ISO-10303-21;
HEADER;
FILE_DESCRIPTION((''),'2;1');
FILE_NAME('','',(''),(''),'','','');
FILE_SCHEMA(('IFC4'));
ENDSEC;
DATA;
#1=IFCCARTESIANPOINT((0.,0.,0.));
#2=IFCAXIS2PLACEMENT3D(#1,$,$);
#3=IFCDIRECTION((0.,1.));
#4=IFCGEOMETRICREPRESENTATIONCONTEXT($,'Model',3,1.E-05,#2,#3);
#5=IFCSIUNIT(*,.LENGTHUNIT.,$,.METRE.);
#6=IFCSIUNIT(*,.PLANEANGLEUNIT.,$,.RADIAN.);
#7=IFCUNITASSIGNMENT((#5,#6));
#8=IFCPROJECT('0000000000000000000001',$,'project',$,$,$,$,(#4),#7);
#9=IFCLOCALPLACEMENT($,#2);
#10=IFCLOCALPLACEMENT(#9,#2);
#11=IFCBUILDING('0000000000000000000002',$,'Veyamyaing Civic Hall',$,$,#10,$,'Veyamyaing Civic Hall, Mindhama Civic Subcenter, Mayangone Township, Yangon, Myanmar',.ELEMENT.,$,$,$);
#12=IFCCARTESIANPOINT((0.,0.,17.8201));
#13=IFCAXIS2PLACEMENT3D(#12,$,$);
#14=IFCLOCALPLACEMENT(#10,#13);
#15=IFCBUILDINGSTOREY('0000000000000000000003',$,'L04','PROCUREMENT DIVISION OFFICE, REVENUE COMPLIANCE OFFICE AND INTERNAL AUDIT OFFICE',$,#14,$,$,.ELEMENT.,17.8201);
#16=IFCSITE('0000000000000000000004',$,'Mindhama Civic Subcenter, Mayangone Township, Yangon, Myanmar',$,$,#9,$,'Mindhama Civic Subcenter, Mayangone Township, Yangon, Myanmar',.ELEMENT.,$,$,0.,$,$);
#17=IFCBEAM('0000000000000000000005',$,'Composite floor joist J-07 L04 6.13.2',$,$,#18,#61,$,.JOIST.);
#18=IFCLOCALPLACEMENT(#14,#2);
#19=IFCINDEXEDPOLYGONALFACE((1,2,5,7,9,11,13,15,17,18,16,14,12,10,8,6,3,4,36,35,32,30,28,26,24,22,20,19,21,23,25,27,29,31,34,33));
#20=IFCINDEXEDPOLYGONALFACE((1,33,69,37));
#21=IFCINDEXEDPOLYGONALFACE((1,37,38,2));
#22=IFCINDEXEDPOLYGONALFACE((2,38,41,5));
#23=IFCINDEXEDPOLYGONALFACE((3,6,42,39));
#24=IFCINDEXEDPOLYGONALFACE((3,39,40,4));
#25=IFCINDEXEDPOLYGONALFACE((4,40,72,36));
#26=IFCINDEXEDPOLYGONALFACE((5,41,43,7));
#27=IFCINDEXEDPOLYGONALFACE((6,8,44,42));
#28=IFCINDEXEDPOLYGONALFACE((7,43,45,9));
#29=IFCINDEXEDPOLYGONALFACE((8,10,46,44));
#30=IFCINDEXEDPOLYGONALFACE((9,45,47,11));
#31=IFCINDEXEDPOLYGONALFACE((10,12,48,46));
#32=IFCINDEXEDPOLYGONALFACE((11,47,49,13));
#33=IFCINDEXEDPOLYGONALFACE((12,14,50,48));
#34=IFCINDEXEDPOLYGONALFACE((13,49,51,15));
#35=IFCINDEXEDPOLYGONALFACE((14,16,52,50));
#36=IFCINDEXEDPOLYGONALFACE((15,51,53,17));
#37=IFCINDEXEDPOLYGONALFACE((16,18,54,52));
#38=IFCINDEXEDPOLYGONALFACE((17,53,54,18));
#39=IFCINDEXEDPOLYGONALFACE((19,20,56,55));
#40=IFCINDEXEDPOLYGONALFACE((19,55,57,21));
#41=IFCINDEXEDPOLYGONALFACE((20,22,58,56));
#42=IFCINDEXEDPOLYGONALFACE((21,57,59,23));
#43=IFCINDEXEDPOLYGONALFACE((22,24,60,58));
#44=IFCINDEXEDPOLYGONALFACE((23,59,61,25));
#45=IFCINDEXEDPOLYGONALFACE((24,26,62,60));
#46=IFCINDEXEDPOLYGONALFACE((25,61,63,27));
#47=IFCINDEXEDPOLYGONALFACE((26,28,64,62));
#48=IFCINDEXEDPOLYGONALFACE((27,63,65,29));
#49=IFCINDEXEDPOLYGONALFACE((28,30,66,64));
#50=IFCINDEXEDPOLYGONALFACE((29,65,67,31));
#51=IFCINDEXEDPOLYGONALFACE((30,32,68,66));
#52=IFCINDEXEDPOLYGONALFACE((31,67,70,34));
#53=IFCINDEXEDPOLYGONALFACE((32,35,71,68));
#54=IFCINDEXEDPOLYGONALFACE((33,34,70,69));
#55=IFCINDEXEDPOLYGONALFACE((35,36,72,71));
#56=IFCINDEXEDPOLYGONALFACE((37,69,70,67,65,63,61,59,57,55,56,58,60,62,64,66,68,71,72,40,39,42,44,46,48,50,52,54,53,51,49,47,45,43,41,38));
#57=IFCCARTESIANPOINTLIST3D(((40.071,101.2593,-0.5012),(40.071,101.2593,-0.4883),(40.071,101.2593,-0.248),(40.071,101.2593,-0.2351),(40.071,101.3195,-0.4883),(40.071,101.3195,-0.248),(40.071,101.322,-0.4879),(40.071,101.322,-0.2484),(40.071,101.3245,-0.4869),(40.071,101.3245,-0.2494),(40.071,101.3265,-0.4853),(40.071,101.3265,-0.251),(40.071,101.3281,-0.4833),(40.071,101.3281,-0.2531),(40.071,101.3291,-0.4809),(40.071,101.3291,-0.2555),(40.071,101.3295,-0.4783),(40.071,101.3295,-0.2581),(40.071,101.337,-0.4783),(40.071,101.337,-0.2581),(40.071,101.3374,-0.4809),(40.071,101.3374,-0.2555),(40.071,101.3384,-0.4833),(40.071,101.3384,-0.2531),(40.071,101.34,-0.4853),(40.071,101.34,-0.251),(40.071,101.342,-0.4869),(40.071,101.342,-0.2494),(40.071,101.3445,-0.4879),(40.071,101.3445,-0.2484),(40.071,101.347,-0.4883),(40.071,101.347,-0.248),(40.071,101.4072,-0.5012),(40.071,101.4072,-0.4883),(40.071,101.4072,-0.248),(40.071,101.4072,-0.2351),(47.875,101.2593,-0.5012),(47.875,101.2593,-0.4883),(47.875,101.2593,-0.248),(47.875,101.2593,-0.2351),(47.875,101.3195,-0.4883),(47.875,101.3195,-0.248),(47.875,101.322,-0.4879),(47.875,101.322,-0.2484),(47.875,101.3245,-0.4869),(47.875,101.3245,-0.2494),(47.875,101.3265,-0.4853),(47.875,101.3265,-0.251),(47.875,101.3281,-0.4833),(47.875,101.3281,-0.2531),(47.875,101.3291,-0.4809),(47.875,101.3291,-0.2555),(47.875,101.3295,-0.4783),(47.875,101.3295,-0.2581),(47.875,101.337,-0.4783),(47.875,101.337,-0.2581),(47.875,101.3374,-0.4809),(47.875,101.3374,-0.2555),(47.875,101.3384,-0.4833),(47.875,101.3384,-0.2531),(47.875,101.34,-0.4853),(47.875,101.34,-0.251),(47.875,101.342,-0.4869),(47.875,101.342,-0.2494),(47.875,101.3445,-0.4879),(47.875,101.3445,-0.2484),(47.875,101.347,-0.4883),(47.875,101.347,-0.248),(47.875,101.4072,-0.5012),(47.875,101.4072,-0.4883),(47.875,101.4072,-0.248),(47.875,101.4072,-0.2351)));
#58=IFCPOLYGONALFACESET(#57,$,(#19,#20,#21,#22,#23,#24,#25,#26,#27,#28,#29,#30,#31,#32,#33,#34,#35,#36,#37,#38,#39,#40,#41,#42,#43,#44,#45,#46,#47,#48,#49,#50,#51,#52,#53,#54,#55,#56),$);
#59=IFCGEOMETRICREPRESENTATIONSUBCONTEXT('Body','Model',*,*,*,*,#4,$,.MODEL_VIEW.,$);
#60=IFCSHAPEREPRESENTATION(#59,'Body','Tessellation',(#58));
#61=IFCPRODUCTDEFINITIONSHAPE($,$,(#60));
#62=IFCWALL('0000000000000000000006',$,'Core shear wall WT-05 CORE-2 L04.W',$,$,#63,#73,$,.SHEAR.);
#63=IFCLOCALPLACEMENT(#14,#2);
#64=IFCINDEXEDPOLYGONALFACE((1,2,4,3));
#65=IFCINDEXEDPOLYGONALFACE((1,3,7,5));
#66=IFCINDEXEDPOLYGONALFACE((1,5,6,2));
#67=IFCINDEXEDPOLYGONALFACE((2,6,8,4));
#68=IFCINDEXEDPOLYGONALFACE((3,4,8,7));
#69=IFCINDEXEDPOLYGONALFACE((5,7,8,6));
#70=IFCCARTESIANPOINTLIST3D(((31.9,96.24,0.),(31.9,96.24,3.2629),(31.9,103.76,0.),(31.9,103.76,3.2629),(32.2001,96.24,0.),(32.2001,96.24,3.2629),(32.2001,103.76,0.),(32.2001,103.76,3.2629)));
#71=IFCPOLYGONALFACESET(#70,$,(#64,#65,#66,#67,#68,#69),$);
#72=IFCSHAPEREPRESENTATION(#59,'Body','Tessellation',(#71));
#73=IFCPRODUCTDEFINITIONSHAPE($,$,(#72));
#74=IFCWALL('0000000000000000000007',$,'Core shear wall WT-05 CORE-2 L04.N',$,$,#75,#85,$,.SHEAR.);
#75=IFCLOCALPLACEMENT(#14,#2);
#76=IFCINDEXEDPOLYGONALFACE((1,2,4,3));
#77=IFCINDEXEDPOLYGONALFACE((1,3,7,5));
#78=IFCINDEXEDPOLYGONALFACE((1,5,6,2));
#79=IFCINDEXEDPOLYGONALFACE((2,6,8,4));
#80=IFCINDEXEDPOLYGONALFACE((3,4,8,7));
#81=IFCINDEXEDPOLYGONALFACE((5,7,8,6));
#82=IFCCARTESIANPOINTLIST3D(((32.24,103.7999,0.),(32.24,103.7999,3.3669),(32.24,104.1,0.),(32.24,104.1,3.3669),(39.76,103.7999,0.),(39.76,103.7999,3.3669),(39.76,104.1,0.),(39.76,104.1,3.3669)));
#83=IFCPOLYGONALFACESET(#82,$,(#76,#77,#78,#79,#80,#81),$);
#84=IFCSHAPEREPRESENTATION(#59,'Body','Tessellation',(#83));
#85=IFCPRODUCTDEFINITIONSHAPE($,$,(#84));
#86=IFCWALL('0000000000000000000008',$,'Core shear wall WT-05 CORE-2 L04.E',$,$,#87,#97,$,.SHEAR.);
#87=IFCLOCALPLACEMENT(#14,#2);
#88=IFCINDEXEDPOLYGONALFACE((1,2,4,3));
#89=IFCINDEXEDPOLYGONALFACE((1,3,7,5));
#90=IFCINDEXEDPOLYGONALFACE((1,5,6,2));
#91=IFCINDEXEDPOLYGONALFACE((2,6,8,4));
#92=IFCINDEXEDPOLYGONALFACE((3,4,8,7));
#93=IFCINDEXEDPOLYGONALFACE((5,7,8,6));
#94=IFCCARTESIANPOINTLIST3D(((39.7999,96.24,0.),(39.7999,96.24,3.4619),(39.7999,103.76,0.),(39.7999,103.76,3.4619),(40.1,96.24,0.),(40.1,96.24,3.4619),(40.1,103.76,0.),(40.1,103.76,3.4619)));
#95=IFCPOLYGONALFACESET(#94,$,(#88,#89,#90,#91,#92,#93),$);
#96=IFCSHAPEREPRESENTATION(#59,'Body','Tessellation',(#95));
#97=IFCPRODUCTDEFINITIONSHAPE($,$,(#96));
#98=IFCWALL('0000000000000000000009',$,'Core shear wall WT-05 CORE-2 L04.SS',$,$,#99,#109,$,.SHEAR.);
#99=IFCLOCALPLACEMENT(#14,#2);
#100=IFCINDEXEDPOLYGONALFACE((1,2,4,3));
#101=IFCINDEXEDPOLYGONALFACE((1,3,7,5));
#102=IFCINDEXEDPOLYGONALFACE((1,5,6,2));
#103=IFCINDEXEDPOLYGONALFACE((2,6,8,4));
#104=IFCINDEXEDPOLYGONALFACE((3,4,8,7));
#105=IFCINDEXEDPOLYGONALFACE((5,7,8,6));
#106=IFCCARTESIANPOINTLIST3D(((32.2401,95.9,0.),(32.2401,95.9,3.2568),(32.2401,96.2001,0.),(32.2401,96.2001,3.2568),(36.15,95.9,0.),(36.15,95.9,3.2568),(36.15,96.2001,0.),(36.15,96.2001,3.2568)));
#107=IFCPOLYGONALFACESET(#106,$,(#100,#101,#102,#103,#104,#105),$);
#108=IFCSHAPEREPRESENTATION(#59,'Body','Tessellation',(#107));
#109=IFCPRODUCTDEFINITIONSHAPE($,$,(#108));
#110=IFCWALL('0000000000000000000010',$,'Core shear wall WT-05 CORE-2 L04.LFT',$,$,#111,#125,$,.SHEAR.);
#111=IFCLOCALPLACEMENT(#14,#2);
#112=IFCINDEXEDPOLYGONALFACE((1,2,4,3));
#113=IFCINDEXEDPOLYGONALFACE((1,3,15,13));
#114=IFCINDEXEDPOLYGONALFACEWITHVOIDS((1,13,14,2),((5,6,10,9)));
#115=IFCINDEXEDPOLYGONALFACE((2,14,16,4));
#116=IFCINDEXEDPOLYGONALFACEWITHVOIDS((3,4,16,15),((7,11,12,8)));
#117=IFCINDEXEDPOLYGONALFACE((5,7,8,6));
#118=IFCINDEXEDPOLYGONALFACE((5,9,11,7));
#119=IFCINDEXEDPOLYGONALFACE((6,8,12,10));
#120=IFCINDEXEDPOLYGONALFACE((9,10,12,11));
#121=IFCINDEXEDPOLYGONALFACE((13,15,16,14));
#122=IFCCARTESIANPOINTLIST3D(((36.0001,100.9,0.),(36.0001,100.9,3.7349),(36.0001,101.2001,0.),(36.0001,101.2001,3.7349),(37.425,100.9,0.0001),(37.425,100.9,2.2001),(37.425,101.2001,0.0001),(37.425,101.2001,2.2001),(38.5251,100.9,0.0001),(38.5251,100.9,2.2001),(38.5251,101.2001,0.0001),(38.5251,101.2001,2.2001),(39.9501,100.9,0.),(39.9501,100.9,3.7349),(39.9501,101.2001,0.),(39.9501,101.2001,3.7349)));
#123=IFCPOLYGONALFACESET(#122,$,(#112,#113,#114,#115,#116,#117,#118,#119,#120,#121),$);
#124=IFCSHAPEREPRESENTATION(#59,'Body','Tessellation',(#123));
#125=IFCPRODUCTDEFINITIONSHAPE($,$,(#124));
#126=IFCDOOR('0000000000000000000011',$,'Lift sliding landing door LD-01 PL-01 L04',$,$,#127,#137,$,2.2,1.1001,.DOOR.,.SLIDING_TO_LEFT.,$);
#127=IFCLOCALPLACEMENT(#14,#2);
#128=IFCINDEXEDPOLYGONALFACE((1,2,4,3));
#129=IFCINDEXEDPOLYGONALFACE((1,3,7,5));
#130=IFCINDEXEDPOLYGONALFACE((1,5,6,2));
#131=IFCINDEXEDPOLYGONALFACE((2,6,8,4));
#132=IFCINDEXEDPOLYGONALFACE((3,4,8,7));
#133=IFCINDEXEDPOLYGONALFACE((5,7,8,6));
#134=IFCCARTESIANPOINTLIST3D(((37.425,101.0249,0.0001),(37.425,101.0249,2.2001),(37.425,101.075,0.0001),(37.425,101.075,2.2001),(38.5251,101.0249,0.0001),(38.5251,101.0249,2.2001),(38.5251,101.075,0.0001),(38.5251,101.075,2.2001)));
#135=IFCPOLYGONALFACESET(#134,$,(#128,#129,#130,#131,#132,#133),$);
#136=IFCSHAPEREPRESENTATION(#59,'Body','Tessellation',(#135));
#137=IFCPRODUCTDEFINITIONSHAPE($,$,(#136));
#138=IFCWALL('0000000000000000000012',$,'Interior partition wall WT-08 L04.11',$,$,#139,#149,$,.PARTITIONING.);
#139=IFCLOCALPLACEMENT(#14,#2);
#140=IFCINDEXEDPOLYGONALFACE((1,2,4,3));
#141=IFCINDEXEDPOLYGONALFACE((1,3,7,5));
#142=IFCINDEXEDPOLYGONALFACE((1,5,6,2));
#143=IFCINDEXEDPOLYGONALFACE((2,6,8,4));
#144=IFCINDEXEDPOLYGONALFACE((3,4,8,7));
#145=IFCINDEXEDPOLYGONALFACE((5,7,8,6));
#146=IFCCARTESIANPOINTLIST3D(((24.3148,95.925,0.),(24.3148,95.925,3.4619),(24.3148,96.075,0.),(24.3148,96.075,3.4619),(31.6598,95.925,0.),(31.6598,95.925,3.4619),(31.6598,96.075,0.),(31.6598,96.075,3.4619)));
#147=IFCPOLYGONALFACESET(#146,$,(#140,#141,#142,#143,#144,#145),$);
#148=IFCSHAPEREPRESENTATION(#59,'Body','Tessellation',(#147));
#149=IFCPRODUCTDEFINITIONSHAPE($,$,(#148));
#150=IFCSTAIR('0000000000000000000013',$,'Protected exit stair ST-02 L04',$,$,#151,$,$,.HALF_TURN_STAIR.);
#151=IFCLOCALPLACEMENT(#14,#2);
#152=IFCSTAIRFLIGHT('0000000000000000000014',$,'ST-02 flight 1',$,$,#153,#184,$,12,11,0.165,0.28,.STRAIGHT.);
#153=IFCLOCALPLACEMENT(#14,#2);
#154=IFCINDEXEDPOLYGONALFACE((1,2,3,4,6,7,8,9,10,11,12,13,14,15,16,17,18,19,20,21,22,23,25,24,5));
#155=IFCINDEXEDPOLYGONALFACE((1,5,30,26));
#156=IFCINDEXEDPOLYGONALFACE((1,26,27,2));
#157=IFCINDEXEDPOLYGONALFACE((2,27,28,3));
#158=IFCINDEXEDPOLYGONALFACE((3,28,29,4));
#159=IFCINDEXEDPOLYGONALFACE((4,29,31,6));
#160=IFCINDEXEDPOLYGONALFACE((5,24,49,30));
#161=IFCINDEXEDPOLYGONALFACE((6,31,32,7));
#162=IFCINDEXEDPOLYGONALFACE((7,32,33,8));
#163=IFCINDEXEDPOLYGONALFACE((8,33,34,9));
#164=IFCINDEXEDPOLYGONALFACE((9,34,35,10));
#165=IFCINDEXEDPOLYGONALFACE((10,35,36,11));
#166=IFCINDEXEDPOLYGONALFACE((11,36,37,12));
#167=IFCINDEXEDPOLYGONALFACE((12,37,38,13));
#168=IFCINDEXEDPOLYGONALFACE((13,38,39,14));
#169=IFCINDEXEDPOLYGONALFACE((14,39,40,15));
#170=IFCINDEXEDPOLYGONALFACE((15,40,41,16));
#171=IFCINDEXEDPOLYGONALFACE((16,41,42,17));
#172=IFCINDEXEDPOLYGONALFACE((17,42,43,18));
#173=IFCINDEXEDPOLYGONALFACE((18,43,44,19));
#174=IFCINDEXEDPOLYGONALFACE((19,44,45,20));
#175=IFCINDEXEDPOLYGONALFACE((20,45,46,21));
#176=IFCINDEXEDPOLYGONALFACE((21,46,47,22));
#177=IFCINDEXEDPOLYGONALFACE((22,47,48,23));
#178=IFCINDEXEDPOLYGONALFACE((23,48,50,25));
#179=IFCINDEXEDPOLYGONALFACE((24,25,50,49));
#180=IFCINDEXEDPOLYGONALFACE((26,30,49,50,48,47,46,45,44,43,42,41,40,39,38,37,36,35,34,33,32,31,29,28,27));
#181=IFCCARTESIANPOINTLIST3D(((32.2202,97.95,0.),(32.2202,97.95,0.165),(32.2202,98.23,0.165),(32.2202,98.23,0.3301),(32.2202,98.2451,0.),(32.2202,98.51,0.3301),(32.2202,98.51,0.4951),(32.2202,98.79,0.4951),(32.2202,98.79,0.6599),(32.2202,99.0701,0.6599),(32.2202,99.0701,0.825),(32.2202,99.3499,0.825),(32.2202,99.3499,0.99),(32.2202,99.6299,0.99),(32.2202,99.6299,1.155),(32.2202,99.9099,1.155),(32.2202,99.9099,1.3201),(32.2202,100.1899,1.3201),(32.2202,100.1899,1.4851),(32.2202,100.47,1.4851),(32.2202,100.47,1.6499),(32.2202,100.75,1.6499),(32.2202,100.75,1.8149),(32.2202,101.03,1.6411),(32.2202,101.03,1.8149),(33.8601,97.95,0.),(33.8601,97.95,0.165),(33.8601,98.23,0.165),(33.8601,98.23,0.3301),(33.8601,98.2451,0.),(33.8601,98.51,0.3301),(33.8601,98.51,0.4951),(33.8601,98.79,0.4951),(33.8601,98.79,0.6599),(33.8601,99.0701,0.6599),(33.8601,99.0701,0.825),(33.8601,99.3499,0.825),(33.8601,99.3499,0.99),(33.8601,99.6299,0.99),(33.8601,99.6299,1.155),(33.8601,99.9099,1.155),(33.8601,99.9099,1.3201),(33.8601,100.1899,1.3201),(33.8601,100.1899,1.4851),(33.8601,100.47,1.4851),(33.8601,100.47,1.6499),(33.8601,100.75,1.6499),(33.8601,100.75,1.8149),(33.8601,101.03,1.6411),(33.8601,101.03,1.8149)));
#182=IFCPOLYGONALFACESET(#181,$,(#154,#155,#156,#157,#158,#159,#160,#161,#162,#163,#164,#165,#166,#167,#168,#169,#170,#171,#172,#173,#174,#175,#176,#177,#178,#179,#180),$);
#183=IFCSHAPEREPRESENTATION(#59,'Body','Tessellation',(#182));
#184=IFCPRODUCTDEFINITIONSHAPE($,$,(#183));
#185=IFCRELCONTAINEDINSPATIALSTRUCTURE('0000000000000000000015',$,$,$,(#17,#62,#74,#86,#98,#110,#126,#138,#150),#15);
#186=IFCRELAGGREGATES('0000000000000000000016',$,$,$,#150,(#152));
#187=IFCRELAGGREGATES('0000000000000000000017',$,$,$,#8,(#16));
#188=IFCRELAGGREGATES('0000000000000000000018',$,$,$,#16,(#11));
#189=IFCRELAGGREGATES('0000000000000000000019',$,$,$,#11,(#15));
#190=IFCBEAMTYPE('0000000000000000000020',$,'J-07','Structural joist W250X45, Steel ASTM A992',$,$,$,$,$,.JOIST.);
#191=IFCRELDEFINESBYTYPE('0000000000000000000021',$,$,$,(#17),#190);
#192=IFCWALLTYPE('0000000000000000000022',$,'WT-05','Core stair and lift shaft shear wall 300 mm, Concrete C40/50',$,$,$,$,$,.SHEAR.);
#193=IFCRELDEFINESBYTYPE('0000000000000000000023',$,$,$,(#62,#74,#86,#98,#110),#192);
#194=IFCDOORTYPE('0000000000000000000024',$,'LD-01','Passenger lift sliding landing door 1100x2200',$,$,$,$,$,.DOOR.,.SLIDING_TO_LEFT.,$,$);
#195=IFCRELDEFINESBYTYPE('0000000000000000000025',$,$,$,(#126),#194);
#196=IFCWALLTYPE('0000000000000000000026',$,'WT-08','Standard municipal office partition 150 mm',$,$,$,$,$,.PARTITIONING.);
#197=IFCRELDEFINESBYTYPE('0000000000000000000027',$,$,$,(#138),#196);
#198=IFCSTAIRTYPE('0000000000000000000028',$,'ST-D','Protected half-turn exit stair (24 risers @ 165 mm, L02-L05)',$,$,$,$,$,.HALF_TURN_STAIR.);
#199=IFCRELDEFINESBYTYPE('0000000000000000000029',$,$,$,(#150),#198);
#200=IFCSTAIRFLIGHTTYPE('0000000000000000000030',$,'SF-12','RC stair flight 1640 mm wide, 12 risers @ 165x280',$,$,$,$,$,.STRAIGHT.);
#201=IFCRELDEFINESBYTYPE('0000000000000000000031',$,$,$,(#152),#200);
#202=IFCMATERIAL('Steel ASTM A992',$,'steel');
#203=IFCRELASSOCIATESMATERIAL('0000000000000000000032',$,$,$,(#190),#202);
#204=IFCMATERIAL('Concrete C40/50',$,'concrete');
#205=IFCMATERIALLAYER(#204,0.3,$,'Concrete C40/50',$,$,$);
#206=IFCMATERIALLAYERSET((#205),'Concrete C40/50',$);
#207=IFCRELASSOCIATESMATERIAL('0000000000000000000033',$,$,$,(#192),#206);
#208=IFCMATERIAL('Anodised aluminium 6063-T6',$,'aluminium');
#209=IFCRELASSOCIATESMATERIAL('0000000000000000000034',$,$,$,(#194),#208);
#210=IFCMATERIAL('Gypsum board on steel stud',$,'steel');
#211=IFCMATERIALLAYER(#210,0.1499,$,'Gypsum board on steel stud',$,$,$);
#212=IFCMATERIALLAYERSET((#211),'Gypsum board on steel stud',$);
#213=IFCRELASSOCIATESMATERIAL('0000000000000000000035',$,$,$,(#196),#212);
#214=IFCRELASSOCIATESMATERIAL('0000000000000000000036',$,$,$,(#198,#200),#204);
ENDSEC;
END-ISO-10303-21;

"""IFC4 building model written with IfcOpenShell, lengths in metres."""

from ifc_helpers import new_model, si_unit, direction, frame, frame_2d, origin, origin_2d, place, context, subcontext, project, spatial, polyline, rectangle, i_section, outline, extrude, material, layer, layer_set, material_profile, profile_set, type_object, element, fill, aggregate, save


model = new_model("IFC4")

# Units and contexts
model_context = context("Model", 3, precision=1e-05, world=origin(), true_north=direction((0.0, 1.0)))
body_context = subcontext(model_context, "Body", "Model", "MODEL_VIEW")
ifc_project = project(units=[si_unit("LENGTHUNIT", "METRE"), si_unit("PLANEANGLEUNIT", "RADIAN")], contexts=[model_context])

# Site, building, storey
site_placement = place(None, origin())
site = spatial("IfcSite", under=ifc_project, at=site_placement, Name="Mindhama Civic Subcenter, Mayangone Township, Yangon, Myanmar", LongName="Mindhama Civic Subcenter, Mayangone Township, Yangon, Myanmar", CompositionType="ELEMENT", RefElevation=0.0)
building_placement = place(site_placement, origin())
building = spatial("IfcBuilding", under=site, at=building_placement, Name="Veyamyaing Civic Hall", LongName="Veyamyaing Civic Hall, Mindhama Civic Subcenter, Mayangone Township, Yangon, Myanmar", CompositionType="ELEMENT")
storey_placement = place(building_placement, frame((0.0, 0.0, 17.8201)))
storey = spatial("IfcBuildingStorey", under=building, at=storey_placement, Name="L04", Description="PROCUREMENT DIVISION OFFICE, REVENUE COMPLIANCE OFFICE AND INTERNAL AUDIT OFFICE", CompositionType="ELEMENT", Elevation=17.8201)

# Beam
ifc_material_1 = material(Name="Steel ASTM A992", Category="steel")
ifc_material_profile_1 = material_profile(ifc_material_1, i_section(OverallWidth=0.1479, OverallDepth=0.2661, WebThickness=0.0076, FlangeThickness=0.0129, FilletRadius=0.01, at=origin_2d()), Name="W250X45")
ifc_profile_set_1 = profile_set([ifc_material_profile_1], Name="Steel ASTM A992")
beam_type_1 = type_object("IfcBeamType", Name="J-07", Description="Structural joist W250X45, Steel ASTM A992", PredefinedType="JOIST", material=ifc_profile_set_1)
for number, where, z_axis, x_axis, name in (
    (1, (40.071, 101.3333, -0.3682), (1.0, 0.0, 0.0), (0.0, 1.0, 0.0), "Composite floor joist J-07 L04 6.13.2"),
):
    element("IfcBeam", number, at=place(storey_placement, frame(where, z_axis=z_axis, x_axis=x_axis)), inside=storey, type_object=beam_type_1, Name=name, PredefinedType="JOIST", context=body_context, shape_type="SweptSolid", body=[
        extrude(i_section(OverallWidth=0.1479, OverallDepth=0.2661, WebThickness=0.0076, FlangeThickness=0.0129, FilletRadius=0.01, at=origin_2d()), origin(), (0.0, 0.0, 1.0), 7.804),
    ])

# Walls
ifc_material_2 = material(Name="Concrete C40/50", Category="concrete")
ifc_layer_1 = layer(ifc_material_2, 0.3, Name="Concrete C40/50")
ifc_layer_set_1 = layer_set([ifc_layer_1], Name="Concrete C40/50")
wall_type_1 = type_object("IfcWallType", Name="WT-05", Description="Core stair and lift shaft shear wall 300 mm, Concrete C40/50", PredefinedType="SHEAR", material=ifc_layer_set_1)
wall_1_placement = place(storey_placement, frame((32.05, 96.24, 0.0), z_axis=(0.0, 0.0, 1.0), x_axis=(0.0, 1.0, 0.0)))
element("IfcWall", 2, at=wall_1_placement, inside=storey, type_object=wall_type_1, Name="Core shear wall WT-05 CORE-2 L04.W", PredefinedType="SHEAR", context=body_context, shape_type="SweptSolid", body=[
    extrude(rectangle(XDim=7.52, YDim=0.3, at=frame_2d((3.76, 0.0))), origin(), (0.0, 0.0, 1.0), 3.2629),
])
wall_2_placement = place(storey_placement, frame((32.24, 103.95, 0.0), z_axis=(0.0, 0.0, 1.0), x_axis=(1.0, 0.0, 0.0)))
element("IfcWall", 3, at=wall_2_placement, inside=storey, type_object=wall_type_1, Name="Core shear wall WT-05 CORE-2 L04.N", PredefinedType="SHEAR", context=body_context, shape_type="SweptSolid", body=[
    extrude(rectangle(XDim=7.52, YDim=0.3, at=frame_2d((3.76, 0.0))), origin(), (0.0, 0.0, 1.0), 3.3669),
])
wall_3_placement = place(storey_placement, frame((39.95, 96.24, 0.0), z_axis=(0.0, 0.0, 1.0), x_axis=(0.0, 1.0, 0.0)))
element("IfcWall", 4, at=wall_3_placement, inside=storey, type_object=wall_type_1, Name="Core shear wall WT-05 CORE-2 L04.E", PredefinedType="SHEAR", context=body_context, shape_type="SweptSolid", body=[
    extrude(rectangle(XDim=7.52, YDim=0.3, at=frame_2d((3.76, 0.0))), origin(), (0.0, 0.0, 1.0), 3.4619),
])
wall_4_placement = place(storey_placement, frame((32.24, 96.05, 0.0), z_axis=(0.0, 0.0, 1.0), x_axis=(1.0, 0.0, 0.0)))
element("IfcWall", 5, at=wall_4_placement, inside=storey, type_object=wall_type_1, Name="Core shear wall WT-05 CORE-2 L04.SS", PredefinedType="SHEAR", context=body_context, shape_type="SweptSolid", body=[
    extrude(rectangle(XDim=3.9099, YDim=0.3, at=frame_2d((1.9551, 0.0))), origin(), (0.0, 0.0, 1.0), 3.2568),
])

# Wall, opening, door
wall_5_placement = place(storey_placement, frame((36.0, 101.05, 0.0), z_axis=(0.0, 0.0, 1.0), x_axis=(1.0, 0.0, 0.0)))
wall_5 = element("IfcWall", 6, at=wall_5_placement, inside=storey, type_object=wall_type_1, Name="Core shear wall WT-05 CORE-2 L04.LFT", PredefinedType="SHEAR", context=body_context, shape_type="SweptSolid", body=[
    extrude(rectangle(XDim=3.95, YDim=0.3, at=frame_2d((1.9751, 0.0))), origin(), (0.0, 0.0, 1.0), 3.7349),
])
opening_1_placement = place(wall_5_placement, frame((1.425, 0.0, 0.0)))
opening_1 = element("IfcOpeningElement", 7, at=opening_1_placement, cuts=wall_5, PredefinedType="OPENING", context=body_context, shape_type="SweptSolid", body=[
    extrude(rectangle(XDim=1.1001, YDim=2.2, at=frame_2d((0.55, 1.1001))), frame((0.0, 0.1599, 0.0), z_axis=(0.0, -1.0, 0.0), x_axis=(1.0, 0.0, 0.0)), (0.0, 0.0, 1.0), 0.3201),
])
ifc_material_3 = material(Name="Anodised aluminium 6063-T6", Category="aluminium")
door_type_1 = type_object("IfcDoorType", Name="LD-01", Description="Passenger lift sliding landing door 1100x2200", OperationType="SLIDING_TO_LEFT", PredefinedType="DOOR", material=ifc_material_3)
door_1_placement = place(opening_1_placement, origin())
door_1 = element("IfcDoor", 8, at=door_1_placement, inside=storey, type_object=door_type_1, Name="Lift sliding landing door LD-01 PL-01 L04", OperationType="SLIDING_TO_LEFT", OverallHeight=2.2, OverallWidth=1.1001, PredefinedType="DOOR", context=body_context, shape_type="SweptSolid", body=[
    extrude(rectangle(XDim=1.1001, YDim=2.2, at=frame_2d((0.55, 1.1001))), frame((0.0, 0.0249, 0.0), z_axis=(0.0, -1.0, 0.0), x_axis=(1.0, 0.0, 0.0)), (0.0, 0.0, 1.0), 0.05),
])
fill(opening_1, door_1)

# Wall
ifc_material_4 = material(Name="Gypsum board on steel stud", Category="steel")
ifc_layer_2 = layer(ifc_material_4, 0.1499, Name="Gypsum board on steel stud")
ifc_layer_set_2 = layer_set([ifc_layer_2], Name="Gypsum board on steel stud")
wall_type_2 = type_object("IfcWallType", Name="WT-08", Description="Standard municipal office partition 150 mm", PredefinedType="PARTITIONING", material=ifc_layer_set_2)
wall_6_placement = place(storey_placement, frame((24.3149, 96.0, 0.0), z_axis=(0.0, 0.0, 1.0), x_axis=(1.0, 0.0, 0.0)))
element("IfcWall", 9, at=wall_6_placement, inside=storey, type_object=wall_type_2, Name="Interior partition wall WT-08 L04.11", PredefinedType="PARTITIONING", context=body_context, shape_type="SweptSolid", body=[
    extrude(rectangle(XDim=7.345, YDim=0.1499, at=frame_2d((3.6724, 0.0))), origin(), (0.0, 0.0, 1.0), 3.4619),
])

# Stair, stair flight
stair_type = type_object("IfcStairType", Name="ST-D", Description="Protected half-turn exit stair (24 risers @ 165 mm, L02-L05)", PredefinedType="HALF_TURN_STAIR", material=ifc_material_2)
stair_placement = place(storey_placement, origin())
stair = element("IfcStair", 10, at=stair_placement, inside=storey, type_object=stair_type, Name="Protected exit stair ST-02 L04", PredefinedType="HALF_TURN_STAIR")
stair_flight_type = type_object("IfcStairFlightType", Name="SF-12", Description="RC stair flight 1640 mm wide, 12 risers @ 165x280", PredefinedType="STRAIGHT", material=ifc_material_2)
stair_flight_1_placement = place(storey_placement, frame((33.04, 97.95, 0.0), z_axis=(0.0, 0.0, 1.0), x_axis=(0.0, 1.0, 0.0)))
stair_flight_1 = element("IfcStairFlight", 11, at=stair_flight_1_placement, type_object=stair_flight_type, Name="ST-02 flight 1", NumberOfRisers=12, NumberOfTreads=11, PredefinedType="STRAIGHT", RiserHeight=0.165, TreadLength=0.28, context=body_context, shape_type="SweptSolid", body=[
    extrude(outline(polyline([(0.0, 0.0), (0.0, 0.165), (0.28, 0.165), (0.28, 0.3301), (0.5601, 0.3301), (0.5601, 0.4951), (0.8401, 0.4951), (0.8401, 0.6599), (1.1201, 0.6599), (1.1201, 0.825), (1.3999, 0.825), (1.3999, 0.99), (1.6799, 0.99), (1.6799, 1.155), (1.96, 1.155), (1.96, 1.3201), (2.24, 1.3201), (2.24, 1.4851), (2.52, 1.4851), (2.52, 1.6499), (2.8, 1.6499), (2.8, 1.8149), (3.0801, 1.8149), (3.0801, 1.98), (3.0801, 1.6411), (0.2952, 0.0), (0.0, 0.0)])), frame((0.0, 0.8198, 0.0), z_axis=(0.0, -1.0, 0.0), x_axis=(1.0, 0.0, 0.0)), (0.0, 0.0, 1.0), 1.6399),
])
aggregate(stair, [stair_flight_1])

save(model, "model.ifc")
